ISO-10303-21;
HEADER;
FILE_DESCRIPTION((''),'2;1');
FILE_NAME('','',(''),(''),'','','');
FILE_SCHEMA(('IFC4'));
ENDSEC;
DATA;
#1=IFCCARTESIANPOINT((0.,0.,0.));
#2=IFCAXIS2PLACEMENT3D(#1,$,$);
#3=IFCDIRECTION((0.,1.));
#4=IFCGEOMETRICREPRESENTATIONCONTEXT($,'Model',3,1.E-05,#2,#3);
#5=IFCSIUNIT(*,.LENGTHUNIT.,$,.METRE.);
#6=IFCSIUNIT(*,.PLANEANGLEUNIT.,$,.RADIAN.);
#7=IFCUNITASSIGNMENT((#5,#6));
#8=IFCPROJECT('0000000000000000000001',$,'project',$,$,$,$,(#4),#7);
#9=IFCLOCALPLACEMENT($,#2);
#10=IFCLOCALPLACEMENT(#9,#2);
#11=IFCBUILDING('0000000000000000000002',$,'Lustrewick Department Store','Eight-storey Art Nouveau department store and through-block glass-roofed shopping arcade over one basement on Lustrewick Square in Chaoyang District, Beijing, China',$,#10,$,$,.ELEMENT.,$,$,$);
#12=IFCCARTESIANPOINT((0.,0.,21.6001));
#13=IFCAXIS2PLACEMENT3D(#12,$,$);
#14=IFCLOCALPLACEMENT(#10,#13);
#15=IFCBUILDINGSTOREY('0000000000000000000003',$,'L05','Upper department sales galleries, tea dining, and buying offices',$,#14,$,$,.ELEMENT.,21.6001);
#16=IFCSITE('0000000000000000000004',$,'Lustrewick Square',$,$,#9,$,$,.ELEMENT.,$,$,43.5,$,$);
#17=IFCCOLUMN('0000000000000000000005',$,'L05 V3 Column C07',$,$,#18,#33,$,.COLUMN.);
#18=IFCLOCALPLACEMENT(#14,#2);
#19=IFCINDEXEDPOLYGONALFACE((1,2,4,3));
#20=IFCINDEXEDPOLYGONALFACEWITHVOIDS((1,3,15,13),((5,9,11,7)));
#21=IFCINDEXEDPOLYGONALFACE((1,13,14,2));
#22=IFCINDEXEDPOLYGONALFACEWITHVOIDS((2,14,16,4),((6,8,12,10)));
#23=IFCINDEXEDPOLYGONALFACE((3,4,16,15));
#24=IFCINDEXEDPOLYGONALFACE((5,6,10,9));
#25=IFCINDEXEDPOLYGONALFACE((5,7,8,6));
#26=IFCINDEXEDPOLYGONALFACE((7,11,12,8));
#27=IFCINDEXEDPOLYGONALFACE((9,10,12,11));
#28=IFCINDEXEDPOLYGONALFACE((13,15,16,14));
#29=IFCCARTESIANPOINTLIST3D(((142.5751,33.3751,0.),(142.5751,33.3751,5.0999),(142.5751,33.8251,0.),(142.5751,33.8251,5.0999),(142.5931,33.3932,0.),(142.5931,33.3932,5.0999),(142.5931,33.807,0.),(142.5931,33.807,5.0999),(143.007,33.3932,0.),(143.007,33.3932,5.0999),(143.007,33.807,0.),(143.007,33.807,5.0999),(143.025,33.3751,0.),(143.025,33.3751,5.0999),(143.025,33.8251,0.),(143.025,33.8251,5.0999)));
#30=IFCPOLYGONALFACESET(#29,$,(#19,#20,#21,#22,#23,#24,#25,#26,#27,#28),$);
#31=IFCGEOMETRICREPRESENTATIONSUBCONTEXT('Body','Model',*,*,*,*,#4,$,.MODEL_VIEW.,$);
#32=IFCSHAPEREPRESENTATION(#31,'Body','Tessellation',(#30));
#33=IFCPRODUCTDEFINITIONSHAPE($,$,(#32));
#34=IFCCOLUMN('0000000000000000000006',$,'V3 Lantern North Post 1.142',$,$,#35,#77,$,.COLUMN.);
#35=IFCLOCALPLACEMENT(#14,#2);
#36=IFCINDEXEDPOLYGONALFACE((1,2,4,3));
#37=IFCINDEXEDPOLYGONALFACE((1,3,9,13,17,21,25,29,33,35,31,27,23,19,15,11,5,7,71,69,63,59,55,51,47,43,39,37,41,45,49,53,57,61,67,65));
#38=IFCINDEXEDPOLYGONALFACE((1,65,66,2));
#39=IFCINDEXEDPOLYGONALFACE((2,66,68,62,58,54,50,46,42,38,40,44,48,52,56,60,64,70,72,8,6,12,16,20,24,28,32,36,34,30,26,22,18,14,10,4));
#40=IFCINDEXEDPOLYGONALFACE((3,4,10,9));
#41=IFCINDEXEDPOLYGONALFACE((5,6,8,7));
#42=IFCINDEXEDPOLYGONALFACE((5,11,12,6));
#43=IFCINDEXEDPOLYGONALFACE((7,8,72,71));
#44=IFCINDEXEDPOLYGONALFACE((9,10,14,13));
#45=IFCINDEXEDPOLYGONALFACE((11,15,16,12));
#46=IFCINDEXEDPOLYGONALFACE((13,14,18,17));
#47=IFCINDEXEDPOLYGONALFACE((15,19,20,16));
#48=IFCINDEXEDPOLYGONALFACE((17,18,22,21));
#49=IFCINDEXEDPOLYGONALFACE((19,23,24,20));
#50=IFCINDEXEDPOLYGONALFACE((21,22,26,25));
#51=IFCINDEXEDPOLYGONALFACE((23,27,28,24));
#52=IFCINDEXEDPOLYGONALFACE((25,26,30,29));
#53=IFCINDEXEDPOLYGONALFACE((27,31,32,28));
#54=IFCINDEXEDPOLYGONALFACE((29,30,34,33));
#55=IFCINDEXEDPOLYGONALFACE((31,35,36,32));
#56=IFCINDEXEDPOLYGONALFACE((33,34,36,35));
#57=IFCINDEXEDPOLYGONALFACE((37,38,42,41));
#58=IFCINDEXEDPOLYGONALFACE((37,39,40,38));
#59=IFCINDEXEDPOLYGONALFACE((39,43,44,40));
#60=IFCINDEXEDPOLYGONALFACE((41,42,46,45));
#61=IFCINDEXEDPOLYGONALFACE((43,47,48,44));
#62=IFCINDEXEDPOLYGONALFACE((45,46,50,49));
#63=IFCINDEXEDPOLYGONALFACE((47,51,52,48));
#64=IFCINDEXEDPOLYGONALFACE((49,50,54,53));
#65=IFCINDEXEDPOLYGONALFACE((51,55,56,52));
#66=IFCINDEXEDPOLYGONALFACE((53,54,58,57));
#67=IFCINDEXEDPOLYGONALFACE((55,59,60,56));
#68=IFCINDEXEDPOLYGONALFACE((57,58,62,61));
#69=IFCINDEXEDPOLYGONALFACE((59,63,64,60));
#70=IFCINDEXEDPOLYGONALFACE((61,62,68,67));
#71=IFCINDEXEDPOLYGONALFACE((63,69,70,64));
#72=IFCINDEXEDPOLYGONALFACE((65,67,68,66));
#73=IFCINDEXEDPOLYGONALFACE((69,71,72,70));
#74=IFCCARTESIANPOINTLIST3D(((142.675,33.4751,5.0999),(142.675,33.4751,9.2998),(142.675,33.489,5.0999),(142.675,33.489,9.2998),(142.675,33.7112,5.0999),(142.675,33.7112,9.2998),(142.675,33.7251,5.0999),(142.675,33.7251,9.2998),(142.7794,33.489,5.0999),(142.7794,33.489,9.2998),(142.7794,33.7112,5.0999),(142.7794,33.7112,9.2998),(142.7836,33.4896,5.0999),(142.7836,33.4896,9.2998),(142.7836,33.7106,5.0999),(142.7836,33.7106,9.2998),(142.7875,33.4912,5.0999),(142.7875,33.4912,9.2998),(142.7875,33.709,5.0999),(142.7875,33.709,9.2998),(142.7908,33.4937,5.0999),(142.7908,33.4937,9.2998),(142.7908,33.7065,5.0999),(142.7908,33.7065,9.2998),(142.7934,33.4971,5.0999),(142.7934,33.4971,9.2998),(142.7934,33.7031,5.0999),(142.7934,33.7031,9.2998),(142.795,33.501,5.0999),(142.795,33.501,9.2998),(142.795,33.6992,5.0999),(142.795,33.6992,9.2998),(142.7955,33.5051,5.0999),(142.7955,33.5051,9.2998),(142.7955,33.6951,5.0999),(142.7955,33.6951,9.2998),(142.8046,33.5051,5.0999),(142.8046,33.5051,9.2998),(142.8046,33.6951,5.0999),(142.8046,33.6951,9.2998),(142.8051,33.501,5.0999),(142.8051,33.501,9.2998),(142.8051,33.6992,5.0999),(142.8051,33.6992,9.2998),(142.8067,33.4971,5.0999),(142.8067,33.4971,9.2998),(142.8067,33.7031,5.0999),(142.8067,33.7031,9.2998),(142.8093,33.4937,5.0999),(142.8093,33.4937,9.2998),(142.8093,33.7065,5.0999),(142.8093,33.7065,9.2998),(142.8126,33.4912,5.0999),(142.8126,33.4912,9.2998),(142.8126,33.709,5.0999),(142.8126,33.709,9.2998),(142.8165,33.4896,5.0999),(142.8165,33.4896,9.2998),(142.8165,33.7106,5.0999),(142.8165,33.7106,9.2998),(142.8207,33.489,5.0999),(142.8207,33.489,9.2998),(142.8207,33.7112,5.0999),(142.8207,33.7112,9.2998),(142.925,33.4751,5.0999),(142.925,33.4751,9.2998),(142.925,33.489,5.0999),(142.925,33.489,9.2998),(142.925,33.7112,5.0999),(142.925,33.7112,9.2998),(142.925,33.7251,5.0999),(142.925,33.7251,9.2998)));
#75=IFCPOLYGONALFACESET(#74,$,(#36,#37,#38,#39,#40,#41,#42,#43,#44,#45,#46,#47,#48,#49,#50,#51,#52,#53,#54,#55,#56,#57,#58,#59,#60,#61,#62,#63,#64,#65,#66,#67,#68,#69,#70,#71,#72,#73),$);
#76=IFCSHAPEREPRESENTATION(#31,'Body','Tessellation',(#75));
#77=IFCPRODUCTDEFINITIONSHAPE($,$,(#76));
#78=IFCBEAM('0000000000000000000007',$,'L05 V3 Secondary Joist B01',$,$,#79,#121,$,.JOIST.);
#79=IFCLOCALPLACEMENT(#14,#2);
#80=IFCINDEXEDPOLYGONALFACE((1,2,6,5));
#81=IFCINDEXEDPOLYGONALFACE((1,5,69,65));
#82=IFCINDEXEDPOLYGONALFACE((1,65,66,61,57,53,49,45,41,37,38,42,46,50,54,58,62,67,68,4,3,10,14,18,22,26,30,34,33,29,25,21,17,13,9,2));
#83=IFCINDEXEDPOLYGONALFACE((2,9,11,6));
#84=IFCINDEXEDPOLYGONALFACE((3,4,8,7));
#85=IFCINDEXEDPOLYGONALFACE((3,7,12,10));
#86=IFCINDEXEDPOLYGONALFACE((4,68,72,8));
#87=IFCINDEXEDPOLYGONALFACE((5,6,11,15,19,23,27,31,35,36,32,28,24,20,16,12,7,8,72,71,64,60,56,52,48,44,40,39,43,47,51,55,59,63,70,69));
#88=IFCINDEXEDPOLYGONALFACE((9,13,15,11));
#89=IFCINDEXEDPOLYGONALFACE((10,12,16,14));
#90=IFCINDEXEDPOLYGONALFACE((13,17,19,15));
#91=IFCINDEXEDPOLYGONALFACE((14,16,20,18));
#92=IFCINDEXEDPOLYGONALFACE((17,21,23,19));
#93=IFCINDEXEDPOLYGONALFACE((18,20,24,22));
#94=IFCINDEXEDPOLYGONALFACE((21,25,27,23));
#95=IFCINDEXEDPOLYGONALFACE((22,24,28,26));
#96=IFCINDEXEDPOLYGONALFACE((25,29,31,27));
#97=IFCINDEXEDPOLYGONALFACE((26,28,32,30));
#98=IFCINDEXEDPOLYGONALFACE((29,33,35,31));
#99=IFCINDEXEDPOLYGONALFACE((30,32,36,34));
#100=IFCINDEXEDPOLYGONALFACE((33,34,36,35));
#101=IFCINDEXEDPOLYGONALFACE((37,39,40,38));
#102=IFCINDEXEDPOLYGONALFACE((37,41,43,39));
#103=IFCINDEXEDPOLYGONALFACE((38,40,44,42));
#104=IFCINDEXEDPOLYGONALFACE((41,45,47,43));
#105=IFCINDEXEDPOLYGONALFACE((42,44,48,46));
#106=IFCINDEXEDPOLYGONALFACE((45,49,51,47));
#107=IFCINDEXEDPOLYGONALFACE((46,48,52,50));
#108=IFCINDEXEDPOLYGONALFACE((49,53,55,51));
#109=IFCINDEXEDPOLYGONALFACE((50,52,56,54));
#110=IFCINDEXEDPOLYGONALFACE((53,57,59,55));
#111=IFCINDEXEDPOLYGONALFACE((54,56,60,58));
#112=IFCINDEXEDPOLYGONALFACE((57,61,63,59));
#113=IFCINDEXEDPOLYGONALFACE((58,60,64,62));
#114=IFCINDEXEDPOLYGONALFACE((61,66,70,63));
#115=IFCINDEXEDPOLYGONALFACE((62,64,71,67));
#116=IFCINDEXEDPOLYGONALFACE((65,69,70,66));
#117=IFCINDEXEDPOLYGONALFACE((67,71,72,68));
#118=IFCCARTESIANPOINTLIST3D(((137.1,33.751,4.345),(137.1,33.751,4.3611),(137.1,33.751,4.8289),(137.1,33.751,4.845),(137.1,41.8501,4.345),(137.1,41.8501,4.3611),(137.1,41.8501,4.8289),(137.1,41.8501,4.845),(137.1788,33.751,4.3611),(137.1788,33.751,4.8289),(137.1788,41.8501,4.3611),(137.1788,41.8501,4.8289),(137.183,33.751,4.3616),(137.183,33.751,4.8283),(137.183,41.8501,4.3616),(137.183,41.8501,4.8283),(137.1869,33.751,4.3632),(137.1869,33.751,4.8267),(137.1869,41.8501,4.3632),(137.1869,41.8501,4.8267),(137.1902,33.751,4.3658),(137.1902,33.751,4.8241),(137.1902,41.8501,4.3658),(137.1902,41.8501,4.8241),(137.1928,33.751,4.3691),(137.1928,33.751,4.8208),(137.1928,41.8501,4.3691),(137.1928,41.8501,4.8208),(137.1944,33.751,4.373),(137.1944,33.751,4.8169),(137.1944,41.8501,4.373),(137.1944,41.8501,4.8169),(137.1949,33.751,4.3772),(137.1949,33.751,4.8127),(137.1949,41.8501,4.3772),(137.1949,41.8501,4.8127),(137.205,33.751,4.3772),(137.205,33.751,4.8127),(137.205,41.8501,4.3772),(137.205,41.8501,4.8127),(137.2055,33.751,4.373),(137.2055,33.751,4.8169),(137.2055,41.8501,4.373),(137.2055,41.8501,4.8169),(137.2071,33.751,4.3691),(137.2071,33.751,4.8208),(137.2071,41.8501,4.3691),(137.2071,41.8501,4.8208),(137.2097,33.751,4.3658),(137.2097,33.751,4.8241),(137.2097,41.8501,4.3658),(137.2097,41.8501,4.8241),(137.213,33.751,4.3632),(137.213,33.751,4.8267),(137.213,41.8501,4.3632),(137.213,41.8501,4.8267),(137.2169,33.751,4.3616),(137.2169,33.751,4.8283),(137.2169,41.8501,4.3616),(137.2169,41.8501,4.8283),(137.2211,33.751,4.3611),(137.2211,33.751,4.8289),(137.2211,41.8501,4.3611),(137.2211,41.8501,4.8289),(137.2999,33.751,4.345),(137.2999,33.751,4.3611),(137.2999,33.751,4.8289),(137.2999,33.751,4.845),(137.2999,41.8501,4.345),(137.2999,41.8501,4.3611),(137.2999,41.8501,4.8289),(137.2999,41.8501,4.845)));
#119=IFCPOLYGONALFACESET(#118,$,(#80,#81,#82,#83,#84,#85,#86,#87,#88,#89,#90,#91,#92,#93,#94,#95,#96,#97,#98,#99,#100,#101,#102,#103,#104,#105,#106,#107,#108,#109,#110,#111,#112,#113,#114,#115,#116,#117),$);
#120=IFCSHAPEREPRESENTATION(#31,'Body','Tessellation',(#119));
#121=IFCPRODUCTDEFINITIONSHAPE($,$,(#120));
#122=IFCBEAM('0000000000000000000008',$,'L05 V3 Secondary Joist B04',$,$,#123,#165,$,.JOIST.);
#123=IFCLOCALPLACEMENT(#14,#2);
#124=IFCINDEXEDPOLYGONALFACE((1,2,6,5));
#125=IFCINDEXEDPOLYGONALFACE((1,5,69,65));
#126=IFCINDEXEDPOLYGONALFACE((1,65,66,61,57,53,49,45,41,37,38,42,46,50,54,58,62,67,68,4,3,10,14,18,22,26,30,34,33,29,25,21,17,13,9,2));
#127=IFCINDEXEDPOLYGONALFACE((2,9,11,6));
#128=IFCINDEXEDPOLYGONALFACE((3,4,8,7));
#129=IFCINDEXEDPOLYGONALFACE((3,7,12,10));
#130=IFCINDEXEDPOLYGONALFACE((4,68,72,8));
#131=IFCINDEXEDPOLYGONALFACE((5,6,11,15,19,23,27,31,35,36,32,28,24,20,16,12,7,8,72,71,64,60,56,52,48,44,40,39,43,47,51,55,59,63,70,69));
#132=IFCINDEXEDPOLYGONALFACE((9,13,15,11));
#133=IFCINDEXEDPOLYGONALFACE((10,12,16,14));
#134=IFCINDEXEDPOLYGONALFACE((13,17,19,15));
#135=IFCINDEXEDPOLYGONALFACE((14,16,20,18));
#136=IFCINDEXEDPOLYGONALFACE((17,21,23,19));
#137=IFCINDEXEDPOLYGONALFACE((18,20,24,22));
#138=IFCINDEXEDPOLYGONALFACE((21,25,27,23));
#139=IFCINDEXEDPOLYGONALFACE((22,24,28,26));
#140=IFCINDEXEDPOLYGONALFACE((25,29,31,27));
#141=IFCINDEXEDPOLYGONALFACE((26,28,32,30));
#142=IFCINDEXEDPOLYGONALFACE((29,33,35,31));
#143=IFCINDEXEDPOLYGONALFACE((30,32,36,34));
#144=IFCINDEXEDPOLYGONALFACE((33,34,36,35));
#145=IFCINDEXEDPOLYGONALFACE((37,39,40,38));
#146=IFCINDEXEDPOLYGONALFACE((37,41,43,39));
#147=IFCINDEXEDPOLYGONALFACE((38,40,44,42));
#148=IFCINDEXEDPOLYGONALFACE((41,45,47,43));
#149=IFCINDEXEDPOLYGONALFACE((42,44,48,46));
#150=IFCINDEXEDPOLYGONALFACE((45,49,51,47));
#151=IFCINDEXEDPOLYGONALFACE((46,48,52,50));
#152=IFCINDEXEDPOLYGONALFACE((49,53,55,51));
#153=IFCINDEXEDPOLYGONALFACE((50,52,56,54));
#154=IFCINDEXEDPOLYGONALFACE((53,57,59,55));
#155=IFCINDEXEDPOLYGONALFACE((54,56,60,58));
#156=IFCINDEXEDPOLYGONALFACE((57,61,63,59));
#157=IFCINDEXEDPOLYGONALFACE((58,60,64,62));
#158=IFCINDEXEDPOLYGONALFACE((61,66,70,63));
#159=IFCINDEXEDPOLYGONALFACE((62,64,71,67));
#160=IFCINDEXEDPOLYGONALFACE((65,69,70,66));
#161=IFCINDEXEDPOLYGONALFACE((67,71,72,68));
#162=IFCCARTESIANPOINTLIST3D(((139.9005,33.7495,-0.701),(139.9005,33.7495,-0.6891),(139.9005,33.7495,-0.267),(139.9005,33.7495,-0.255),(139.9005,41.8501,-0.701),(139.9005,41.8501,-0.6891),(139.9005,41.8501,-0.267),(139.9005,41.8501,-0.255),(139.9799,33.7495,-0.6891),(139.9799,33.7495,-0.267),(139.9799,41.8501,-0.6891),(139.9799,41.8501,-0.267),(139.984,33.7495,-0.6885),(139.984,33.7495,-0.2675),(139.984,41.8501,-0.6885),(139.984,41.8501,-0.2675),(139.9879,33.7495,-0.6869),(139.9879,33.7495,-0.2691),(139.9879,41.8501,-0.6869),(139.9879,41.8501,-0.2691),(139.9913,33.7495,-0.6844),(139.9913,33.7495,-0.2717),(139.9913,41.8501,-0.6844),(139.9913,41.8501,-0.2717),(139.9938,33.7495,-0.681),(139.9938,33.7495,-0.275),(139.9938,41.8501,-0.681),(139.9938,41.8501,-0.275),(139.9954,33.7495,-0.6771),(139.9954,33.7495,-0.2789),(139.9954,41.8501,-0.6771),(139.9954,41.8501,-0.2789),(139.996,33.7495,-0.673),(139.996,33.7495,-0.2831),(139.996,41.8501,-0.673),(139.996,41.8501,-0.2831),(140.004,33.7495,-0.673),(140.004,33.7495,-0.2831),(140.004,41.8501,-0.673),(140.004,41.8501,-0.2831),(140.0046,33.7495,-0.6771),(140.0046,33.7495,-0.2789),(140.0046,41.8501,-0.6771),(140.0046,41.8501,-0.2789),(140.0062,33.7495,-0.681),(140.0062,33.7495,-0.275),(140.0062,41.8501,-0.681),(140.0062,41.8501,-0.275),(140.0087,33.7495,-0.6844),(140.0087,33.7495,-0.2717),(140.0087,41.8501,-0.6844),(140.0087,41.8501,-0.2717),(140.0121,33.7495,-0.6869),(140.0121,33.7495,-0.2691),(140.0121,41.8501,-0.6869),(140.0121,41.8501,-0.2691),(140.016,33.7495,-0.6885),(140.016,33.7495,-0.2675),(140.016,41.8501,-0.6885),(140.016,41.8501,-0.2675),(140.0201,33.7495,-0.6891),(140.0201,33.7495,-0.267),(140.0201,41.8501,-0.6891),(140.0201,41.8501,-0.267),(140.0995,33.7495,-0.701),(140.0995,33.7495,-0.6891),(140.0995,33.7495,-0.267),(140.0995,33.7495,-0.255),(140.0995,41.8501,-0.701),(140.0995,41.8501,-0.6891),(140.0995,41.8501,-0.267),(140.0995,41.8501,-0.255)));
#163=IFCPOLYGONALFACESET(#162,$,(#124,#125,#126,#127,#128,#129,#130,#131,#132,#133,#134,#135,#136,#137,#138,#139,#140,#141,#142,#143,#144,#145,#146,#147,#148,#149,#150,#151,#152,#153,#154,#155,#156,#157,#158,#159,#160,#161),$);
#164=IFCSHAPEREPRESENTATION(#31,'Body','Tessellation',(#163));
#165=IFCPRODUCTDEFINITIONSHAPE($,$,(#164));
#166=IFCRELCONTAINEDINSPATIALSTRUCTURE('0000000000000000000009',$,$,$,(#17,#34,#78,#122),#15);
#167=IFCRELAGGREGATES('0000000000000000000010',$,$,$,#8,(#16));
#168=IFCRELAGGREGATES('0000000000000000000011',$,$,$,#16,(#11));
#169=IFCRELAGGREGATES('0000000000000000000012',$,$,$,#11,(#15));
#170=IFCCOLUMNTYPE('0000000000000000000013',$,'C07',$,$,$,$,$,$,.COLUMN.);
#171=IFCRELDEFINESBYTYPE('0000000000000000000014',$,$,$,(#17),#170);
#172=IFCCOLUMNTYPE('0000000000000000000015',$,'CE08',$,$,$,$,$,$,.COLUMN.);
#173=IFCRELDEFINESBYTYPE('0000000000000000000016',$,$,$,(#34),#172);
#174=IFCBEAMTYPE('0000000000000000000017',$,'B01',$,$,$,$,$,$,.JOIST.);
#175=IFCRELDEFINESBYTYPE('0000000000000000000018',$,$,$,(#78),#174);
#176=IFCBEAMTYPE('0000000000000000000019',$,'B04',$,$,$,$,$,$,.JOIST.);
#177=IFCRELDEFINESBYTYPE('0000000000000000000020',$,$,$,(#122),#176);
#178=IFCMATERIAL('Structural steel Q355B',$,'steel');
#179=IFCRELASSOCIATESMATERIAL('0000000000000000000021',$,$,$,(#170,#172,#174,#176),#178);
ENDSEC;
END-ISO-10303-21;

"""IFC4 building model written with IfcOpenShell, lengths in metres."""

from ifc_helpers import new_model, si_unit, direction, frame, origin, origin_2d, place, context, subcontext, project, spatial, hollow_rectangle, i_section, extrude, material, material_profile, profile_set, type_object, element, save


model = new_model("IFC4")

# Units and contexts
model_context = context("Model", 3, precision=1e-05, world=origin(), true_north=direction((0.0, 1.0)))
body_context = subcontext(model_context, "Body", "Model", "MODEL_VIEW")
ifc_project = project(units=[si_unit("LENGTHUNIT", "METRE"), si_unit("PLANEANGLEUNIT", "RADIAN")], contexts=[model_context])

# Site, building, storey
site_placement = place(None, origin())
site = spatial("IfcSite", under=ifc_project, at=site_placement, Name="Lustrewick Square", CompositionType="ELEMENT", RefElevation=43.5)
building_placement = place(site_placement, origin())
building = spatial("IfcBuilding", under=site, at=building_placement, Name="Lustrewick Department Store", Description="Eight-storey Art Nouveau department store and through-block glass-roofed shopping arcade over one basement on Lustrewick Square in Chaoyang District, Beijing, China", CompositionType="ELEMENT")
storey_placement = place(building_placement, frame((0.0, 0.0, 21.6001)))
storey = spatial("IfcBuildingStorey", under=building, at=storey_placement, Name="L05", Description="Upper department sales galleries, tea dining, and buying offices", CompositionType="ELEMENT", Elevation=21.6001)

# Columns
ifc_material_1 = material(Name="Structural steel Q355B", Category="steel")
ifc_material_profile_1 = material_profile(ifc_material_1, hollow_rectangle(XDim=0.45, YDim=0.45, WallThickness=0.0181, at=origin_2d()), Name="BOX 450x450x18")
ifc_profile_set_1 = profile_set([ifc_material_profile_1], Name="Structural steel Q355B")
column_type_1 = type_object("IfcColumnType", Name="C07", PredefinedType="COLUMN", material=ifc_profile_set_1)
column_1_placement = place(storey_placement, frame((142.8, 33.6001, 0.0), z_axis=(0.0, 0.0, 1.0), x_axis=(1.0, 0.0, 0.0)))
element("IfcColumn", 1, at=column_1_placement, inside=storey, type_object=column_type_1, Name="L05 V3 Column C07", PredefinedType="COLUMN", context=body_context, shape_type="SweptSolid", body=[
    extrude(hollow_rectangle(XDim=0.45, YDim=0.45, WallThickness=0.0181, at=origin_2d()), origin(), (0.0, 0.0, 1.0), 5.0999),
])
ifc_material_profile_2 = material_profile(ifc_material_1, i_section(OverallWidth=0.25, OverallDepth=0.25, WebThickness=0.009, FlangeThickness=0.0139, FilletRadius=0.0161, at=origin_2d()), Name="HW 250x250x9x14")
ifc_profile_set_2 = profile_set([ifc_material_profile_2], Name="Structural steel Q355B")
column_type_2 = type_object("IfcColumnType", Name="CE08", PredefinedType="COLUMN", material=ifc_profile_set_2)
column_2_placement = place(storey_placement, frame((142.8, 33.6001, 5.0999), z_axis=(0.0, 0.0, 1.0), x_axis=(1.0, 0.0, 0.0)))
element("IfcColumn", 2, at=column_2_placement, inside=storey, type_object=column_type_2, Name="V3 Lantern North Post 1.142", PredefinedType="COLUMN", context=body_context, shape_type="SweptSolid", body=[
    extrude(i_section(OverallWidth=0.25, OverallDepth=0.25, WebThickness=0.009, FlangeThickness=0.0139, FilletRadius=0.0161, at=origin_2d()), origin(), (0.0, 0.0, 1.0), 4.2),
])

# Beams
ifc_material_profile_3 = material_profile(ifc_material_1, i_section(OverallWidth=0.2, OverallDepth=0.5, WebThickness=0.01, FlangeThickness=0.0161, FilletRadius=0.0161, at=origin_2d()), Name="HN 500x200x10x16")
ifc_profile_set_3 = profile_set([ifc_material_profile_3], Name="Structural steel Q355B")
beam_type_1 = type_object("IfcBeamType", Name="B01", PredefinedType="JOIST", material=ifc_profile_set_3)
beam_1_placement = place(storey_placement, frame((137.2, 33.751, 4.595), z_axis=(0.0, 1.0, 0.0), x_axis=(-1.0, 0.0, 0.0)))
element("IfcBeam", 3, at=beam_1_placement, inside=storey, type_object=beam_type_1, Name="L05 V3 Secondary Joist B01", PredefinedType="JOIST", context=body_context, shape_type="SweptSolid", body=[
    extrude(i_section(OverallWidth=0.2, OverallDepth=0.5, WebThickness=0.01, FlangeThickness=0.0161, FilletRadius=0.0161, at=origin_2d()), origin(), (0.0, 0.0, 1.0), 8.0991),
])
ifc_material_profile_4 = material_profile(ifc_material_1, i_section(OverallWidth=0.199, OverallDepth=0.446, WebThickness=0.0081, FlangeThickness=0.012, FilletRadius=0.0161, at=origin_2d()), Name="HN 446x199x8x12")
ifc_profile_set_4 = profile_set([ifc_material_profile_4], Name="Structural steel Q355B")
beam_type_2 = type_object("IfcBeamType", Name="B04", PredefinedType="JOIST", material=ifc_profile_set_4)
beam_2_placement = place(storey_placement, frame((140.0, 33.7495, -0.478), z_axis=(0.0, 1.0, 0.0), x_axis=(-1.0, 0.0, 0.0)))
element("IfcBeam", 4, at=beam_2_placement, inside=storey, type_object=beam_type_2, Name="L05 V3 Secondary Joist B04", PredefinedType="JOIST", context=body_context, shape_type="SweptSolid", body=[
    extrude(i_section(OverallWidth=0.199, OverallDepth=0.446, WebThickness=0.0081, FlangeThickness=0.012, FilletRadius=0.0161, at=origin_2d()), origin(), (0.0, 0.0, 1.0), 8.1006),
])

save(model, "model.ifc")
